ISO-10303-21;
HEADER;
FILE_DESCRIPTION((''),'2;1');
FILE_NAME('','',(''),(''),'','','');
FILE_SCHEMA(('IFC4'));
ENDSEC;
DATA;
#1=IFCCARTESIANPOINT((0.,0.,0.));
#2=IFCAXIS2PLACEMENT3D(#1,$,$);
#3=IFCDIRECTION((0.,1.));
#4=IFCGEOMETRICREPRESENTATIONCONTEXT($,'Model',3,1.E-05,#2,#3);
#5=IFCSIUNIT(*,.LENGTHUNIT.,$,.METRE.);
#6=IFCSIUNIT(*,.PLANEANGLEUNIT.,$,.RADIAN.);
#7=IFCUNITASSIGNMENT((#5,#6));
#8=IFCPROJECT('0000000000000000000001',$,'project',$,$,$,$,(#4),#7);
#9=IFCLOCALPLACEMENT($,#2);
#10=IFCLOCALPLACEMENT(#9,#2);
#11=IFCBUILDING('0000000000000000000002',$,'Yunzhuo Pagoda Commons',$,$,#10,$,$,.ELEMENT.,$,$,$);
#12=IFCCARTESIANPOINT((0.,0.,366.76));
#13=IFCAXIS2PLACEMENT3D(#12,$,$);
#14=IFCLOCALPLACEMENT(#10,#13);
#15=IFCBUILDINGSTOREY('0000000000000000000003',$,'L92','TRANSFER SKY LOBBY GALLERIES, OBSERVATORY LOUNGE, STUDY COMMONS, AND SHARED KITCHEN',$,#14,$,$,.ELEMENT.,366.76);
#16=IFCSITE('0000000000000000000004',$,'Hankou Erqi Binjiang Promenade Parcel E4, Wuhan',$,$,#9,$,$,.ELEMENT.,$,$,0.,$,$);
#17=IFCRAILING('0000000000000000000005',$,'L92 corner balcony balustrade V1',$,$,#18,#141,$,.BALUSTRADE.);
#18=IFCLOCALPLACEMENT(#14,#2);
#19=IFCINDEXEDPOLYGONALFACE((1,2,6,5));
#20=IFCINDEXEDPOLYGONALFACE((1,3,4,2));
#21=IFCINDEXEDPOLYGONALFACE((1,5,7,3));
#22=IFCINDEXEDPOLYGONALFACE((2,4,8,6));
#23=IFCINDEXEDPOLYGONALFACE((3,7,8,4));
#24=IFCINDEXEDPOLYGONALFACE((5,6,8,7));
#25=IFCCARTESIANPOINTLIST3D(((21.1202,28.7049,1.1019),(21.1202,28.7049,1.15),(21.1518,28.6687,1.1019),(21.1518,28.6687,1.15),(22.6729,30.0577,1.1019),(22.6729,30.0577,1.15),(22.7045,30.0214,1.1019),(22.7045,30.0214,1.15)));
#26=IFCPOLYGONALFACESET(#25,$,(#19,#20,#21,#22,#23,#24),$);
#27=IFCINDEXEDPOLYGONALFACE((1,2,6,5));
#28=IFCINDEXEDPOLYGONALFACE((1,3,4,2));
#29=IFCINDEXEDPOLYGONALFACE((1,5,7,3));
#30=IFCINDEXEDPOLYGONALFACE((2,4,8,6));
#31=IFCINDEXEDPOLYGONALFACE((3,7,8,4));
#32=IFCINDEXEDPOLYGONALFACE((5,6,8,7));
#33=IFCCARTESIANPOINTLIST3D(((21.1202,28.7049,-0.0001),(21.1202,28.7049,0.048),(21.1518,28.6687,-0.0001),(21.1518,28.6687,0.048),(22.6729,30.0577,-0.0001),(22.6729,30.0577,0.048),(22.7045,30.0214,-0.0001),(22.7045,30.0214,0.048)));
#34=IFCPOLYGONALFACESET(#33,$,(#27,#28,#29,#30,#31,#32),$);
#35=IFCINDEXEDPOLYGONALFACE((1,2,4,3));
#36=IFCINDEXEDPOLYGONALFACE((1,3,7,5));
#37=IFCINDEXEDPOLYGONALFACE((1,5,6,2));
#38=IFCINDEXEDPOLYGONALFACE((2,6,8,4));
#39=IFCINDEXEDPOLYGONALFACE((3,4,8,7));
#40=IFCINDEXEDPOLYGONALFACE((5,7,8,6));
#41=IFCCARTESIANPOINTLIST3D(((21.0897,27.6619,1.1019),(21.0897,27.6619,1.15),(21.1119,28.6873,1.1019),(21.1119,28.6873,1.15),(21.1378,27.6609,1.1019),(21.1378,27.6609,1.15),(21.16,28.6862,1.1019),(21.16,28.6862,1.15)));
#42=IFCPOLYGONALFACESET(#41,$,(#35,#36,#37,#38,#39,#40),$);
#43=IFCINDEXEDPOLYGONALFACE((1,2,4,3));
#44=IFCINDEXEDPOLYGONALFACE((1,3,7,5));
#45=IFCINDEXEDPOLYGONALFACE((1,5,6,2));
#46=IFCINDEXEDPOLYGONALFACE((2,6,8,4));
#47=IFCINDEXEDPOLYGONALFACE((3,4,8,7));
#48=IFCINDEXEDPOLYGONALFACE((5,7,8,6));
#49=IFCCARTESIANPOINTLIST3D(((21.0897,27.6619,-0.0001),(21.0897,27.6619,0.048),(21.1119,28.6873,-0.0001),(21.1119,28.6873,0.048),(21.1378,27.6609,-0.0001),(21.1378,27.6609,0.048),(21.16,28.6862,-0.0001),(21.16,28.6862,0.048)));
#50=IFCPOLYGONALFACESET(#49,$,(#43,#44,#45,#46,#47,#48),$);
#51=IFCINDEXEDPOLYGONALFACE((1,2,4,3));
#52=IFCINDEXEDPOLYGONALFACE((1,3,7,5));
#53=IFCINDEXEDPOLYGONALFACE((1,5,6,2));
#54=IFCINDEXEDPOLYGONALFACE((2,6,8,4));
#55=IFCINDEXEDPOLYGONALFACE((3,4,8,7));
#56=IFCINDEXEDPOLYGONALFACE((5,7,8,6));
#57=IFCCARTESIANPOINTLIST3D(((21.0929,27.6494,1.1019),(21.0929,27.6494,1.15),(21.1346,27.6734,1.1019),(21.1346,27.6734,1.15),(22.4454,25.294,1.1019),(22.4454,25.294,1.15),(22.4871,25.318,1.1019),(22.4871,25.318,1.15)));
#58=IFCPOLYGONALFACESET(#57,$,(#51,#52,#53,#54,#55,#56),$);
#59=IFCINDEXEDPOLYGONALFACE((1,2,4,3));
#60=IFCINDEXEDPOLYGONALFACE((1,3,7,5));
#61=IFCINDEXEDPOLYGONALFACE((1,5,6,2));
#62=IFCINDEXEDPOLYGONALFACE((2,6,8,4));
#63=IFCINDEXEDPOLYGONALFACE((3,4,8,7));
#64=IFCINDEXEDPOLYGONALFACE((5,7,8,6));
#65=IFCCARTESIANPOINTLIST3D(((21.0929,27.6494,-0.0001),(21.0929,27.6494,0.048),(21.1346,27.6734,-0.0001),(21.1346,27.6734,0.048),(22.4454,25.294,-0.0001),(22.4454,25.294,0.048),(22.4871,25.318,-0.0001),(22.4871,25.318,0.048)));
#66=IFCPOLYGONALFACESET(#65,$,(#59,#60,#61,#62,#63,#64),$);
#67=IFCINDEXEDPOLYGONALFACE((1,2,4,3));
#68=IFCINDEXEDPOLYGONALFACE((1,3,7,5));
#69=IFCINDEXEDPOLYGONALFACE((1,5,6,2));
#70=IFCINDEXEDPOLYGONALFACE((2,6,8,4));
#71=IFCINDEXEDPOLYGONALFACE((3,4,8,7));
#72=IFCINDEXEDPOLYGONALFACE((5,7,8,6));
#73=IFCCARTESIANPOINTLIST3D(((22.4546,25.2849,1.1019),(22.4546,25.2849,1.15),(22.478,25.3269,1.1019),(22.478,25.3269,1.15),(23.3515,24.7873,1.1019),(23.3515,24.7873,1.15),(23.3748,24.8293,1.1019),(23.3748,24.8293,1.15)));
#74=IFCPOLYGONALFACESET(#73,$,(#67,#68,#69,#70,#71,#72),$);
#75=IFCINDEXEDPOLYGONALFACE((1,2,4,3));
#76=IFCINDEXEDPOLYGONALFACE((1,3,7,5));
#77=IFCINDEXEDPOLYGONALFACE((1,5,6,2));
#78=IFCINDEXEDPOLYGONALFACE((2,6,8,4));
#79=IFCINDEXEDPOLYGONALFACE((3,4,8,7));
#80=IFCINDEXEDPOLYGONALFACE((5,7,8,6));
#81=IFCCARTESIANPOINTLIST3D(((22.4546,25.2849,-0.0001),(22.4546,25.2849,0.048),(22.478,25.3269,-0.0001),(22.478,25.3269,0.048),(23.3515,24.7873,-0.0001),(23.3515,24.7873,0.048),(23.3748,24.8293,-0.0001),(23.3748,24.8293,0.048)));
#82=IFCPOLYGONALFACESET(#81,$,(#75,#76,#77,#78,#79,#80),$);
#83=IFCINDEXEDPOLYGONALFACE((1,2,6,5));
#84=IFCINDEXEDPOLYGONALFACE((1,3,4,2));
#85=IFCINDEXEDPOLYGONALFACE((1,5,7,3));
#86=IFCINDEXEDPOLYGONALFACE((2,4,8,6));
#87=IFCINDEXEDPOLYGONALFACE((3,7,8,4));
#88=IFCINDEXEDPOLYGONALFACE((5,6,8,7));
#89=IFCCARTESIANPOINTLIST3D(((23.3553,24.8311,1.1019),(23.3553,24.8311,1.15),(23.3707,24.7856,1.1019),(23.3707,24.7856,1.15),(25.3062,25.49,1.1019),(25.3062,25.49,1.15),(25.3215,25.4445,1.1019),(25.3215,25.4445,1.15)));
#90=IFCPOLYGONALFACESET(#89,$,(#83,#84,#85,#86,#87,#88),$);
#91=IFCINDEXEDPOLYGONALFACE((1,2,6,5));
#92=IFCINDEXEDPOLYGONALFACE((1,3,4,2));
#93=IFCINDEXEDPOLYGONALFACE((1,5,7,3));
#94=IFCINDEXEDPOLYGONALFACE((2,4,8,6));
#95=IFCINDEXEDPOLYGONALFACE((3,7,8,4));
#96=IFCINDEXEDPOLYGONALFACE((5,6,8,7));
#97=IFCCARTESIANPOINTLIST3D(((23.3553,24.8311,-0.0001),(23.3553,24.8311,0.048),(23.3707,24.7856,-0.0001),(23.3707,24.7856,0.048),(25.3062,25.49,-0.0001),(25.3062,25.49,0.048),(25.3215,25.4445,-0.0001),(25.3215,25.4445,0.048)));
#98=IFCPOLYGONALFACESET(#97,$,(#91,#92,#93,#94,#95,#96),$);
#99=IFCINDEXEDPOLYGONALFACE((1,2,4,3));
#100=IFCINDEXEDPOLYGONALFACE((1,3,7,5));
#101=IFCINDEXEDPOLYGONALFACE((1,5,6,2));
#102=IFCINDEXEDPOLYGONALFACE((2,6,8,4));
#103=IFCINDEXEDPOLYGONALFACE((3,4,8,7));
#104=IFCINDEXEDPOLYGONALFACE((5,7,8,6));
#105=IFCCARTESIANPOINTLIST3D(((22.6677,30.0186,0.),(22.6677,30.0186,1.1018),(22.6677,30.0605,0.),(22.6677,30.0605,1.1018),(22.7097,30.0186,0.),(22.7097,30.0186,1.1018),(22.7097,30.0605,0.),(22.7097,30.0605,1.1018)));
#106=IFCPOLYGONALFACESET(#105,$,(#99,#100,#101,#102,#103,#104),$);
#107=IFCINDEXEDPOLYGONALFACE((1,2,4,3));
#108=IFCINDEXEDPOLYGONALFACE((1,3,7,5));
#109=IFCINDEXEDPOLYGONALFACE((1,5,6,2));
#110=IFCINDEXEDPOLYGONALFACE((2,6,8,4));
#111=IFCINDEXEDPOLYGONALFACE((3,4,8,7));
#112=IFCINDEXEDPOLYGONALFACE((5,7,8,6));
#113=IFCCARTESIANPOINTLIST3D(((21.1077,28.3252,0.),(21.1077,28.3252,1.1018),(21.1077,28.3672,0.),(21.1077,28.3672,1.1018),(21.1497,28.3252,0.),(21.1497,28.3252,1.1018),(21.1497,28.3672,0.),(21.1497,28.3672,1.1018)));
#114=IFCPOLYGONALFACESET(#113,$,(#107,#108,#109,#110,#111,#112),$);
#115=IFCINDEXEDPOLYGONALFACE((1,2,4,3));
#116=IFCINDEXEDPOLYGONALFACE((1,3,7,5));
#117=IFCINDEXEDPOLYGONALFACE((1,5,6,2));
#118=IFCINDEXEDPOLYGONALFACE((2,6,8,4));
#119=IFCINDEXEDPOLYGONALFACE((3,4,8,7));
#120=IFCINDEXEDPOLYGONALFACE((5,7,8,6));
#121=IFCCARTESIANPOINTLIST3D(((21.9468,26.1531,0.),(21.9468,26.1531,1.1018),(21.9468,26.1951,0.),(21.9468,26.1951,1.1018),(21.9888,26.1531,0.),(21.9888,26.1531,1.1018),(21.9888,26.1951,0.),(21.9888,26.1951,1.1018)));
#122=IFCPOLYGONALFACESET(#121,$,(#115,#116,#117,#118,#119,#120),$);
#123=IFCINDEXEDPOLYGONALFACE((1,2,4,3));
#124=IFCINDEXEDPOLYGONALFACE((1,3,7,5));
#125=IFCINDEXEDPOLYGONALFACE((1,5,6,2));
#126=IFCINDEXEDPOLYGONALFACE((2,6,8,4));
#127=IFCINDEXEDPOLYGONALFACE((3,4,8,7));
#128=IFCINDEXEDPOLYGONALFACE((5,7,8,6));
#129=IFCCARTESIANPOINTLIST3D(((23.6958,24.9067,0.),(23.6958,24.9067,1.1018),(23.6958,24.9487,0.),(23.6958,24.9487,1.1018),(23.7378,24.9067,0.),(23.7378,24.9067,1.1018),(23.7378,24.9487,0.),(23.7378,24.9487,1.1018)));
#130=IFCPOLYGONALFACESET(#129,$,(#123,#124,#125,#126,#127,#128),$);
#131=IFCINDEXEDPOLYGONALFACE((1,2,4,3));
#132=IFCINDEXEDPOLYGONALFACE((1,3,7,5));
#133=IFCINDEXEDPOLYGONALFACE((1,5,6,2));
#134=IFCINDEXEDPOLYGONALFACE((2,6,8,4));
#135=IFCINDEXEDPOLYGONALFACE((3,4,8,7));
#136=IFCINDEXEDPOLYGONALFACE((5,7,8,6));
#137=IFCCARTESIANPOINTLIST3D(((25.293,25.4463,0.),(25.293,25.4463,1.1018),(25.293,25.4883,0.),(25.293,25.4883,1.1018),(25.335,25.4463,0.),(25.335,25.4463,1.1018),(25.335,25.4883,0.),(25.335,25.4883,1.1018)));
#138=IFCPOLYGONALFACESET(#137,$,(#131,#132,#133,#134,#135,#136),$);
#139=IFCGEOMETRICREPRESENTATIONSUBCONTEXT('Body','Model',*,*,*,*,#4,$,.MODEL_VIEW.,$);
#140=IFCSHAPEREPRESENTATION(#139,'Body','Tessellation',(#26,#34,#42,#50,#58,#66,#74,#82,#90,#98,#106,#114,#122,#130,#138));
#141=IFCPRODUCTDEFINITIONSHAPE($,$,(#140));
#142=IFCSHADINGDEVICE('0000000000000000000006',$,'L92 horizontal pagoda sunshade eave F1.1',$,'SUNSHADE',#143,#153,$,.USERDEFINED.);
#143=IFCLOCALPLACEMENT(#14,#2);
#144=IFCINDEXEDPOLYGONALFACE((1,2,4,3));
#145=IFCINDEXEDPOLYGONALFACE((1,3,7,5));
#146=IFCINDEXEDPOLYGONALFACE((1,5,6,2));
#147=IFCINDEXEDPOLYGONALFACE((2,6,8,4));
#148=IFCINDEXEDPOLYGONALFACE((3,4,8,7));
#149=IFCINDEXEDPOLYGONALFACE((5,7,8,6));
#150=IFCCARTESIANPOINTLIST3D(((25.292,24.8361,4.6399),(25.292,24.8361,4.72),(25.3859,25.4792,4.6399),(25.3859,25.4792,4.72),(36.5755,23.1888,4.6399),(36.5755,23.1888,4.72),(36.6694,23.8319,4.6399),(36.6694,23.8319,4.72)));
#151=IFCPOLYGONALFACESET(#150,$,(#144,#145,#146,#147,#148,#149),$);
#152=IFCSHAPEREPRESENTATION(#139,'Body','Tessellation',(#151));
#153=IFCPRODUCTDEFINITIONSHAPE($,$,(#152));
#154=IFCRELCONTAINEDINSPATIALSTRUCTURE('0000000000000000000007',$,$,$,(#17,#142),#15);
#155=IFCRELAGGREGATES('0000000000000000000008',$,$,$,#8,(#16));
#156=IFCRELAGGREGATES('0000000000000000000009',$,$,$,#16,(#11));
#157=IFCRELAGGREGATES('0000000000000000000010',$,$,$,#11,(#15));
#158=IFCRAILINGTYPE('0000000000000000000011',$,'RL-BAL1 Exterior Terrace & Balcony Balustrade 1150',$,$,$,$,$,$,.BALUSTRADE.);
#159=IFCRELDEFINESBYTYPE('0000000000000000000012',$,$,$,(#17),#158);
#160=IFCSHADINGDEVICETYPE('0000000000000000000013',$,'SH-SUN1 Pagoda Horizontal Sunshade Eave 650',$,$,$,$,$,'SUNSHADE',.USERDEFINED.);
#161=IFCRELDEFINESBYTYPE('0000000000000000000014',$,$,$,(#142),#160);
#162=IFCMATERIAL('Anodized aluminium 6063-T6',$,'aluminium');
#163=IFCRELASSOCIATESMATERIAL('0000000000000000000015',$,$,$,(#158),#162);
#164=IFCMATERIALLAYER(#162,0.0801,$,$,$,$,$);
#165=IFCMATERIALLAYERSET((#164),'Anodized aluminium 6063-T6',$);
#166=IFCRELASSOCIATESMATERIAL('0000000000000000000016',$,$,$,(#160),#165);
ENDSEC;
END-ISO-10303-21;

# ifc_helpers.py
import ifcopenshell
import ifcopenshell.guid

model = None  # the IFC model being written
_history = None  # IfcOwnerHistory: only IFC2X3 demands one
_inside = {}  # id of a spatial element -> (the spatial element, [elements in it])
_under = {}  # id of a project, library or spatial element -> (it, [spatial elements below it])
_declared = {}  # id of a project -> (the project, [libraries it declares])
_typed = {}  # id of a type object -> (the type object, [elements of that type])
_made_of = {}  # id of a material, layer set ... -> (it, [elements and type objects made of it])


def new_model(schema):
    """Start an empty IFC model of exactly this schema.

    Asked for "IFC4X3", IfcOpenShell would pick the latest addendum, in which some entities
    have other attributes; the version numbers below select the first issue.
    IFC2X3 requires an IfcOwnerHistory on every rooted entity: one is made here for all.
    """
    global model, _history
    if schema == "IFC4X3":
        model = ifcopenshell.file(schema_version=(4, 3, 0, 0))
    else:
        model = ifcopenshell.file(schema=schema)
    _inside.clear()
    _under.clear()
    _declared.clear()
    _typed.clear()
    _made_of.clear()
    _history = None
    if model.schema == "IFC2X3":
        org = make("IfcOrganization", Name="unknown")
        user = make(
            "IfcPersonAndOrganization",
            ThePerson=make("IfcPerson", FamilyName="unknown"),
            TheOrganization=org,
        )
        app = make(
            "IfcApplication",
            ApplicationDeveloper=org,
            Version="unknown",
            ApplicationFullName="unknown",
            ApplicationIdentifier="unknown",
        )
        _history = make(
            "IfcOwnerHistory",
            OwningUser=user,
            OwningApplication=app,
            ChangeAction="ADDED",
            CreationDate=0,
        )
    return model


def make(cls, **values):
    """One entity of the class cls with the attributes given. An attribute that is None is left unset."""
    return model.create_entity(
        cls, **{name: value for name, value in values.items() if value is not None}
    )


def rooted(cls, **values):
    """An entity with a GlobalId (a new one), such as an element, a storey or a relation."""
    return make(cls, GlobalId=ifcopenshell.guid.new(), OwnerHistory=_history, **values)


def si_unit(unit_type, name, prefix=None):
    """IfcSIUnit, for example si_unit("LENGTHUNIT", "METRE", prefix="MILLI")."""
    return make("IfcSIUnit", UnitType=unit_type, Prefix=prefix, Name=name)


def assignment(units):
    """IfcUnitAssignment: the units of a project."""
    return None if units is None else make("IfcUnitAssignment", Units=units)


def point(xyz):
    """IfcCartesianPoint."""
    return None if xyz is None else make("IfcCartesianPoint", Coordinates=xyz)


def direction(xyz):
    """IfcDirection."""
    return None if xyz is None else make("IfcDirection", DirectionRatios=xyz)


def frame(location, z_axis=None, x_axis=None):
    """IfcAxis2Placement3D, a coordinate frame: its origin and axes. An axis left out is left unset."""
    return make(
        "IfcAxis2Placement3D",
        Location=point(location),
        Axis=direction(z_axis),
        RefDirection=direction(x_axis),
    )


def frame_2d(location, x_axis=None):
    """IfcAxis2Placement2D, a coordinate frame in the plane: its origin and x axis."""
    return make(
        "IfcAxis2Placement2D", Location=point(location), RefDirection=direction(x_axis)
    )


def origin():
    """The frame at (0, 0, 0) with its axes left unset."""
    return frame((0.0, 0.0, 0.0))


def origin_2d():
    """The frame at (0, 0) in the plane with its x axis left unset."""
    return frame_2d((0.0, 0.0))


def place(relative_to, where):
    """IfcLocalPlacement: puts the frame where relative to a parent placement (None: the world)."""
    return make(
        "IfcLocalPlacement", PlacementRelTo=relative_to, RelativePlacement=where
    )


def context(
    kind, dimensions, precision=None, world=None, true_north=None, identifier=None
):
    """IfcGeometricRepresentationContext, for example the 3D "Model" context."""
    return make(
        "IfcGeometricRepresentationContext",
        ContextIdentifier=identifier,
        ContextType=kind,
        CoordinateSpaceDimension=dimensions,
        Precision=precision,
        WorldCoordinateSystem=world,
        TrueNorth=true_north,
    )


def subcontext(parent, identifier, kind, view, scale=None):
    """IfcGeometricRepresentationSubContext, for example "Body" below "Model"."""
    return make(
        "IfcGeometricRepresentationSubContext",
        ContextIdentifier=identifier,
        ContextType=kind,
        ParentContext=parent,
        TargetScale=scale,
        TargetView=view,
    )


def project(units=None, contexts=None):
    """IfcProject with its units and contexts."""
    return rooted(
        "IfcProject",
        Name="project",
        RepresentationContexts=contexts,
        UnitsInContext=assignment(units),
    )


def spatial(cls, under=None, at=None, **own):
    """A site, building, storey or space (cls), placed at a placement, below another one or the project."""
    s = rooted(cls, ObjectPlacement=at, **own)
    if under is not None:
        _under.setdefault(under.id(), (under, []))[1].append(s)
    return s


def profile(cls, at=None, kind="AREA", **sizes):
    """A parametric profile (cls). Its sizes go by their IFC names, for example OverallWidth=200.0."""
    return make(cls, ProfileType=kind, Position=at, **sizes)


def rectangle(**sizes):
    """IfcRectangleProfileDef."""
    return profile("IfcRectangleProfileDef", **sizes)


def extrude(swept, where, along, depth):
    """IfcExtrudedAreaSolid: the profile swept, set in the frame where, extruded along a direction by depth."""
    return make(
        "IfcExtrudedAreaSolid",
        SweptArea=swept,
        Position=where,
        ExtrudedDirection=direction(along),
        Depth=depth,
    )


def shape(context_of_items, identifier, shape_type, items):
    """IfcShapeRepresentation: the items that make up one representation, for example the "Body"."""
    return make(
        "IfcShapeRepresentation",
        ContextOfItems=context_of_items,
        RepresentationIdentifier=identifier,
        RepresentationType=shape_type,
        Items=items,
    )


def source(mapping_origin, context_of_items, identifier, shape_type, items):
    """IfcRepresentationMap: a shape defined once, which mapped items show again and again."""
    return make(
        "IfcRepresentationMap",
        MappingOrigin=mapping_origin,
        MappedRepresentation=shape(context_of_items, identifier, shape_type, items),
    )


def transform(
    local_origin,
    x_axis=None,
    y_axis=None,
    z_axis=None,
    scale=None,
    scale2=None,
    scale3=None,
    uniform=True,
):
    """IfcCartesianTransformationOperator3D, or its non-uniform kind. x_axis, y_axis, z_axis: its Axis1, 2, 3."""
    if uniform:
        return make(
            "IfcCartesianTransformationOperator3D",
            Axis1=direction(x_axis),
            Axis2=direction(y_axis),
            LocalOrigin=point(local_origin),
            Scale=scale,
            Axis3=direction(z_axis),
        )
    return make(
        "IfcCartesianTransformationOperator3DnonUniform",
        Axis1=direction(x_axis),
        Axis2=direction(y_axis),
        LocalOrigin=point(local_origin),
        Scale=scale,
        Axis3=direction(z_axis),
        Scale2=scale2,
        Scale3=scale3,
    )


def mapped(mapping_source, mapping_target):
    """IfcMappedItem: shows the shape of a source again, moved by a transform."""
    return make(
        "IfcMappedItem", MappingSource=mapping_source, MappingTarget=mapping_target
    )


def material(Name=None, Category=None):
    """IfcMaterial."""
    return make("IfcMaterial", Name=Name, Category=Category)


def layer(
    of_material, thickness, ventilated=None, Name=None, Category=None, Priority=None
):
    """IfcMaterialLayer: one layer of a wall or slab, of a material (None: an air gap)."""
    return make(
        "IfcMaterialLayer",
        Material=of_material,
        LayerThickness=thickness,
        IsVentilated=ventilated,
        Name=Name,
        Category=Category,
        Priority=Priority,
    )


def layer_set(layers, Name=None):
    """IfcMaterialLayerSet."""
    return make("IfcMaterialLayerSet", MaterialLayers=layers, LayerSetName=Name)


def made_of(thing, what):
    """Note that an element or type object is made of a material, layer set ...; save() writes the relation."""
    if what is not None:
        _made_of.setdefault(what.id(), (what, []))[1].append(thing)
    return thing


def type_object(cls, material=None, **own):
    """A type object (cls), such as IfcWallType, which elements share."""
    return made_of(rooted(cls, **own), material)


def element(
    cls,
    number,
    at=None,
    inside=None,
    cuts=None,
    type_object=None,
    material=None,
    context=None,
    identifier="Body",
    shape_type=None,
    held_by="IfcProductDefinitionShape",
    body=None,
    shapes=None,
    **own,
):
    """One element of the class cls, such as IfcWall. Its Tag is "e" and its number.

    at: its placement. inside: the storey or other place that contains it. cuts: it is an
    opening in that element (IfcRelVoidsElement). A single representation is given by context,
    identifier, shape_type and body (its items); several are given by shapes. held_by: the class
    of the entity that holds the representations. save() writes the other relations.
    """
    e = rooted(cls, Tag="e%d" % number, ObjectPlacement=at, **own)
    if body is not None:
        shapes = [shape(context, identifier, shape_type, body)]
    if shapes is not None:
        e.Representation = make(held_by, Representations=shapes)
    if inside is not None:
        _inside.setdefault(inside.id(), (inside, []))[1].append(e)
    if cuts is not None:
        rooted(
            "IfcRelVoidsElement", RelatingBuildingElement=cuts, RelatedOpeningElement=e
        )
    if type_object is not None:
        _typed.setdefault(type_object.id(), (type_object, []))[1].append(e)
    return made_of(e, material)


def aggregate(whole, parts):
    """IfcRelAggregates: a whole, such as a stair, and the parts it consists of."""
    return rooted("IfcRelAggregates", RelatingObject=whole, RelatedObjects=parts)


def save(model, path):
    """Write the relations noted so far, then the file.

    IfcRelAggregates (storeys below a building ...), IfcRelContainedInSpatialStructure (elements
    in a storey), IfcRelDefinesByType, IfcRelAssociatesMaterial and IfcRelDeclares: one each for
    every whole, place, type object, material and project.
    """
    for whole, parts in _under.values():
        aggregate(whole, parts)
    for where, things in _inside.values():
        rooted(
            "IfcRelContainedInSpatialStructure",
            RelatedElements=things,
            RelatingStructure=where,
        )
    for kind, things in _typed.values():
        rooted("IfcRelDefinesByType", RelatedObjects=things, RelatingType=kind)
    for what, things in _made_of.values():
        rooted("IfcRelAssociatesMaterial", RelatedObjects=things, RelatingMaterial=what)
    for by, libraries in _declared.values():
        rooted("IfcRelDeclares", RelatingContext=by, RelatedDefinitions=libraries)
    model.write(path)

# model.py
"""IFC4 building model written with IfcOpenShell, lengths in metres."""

from ifc_helpers import new_model, si_unit, direction, frame, origin, origin_2d, place, context, subcontext, project, spatial, rectangle, extrude, source, transform, mapped, material, layer, layer_set, type_object, element, save


model = new_model("IFC4")

# Units and contexts
model_context = context("Model", 3, precision=1e-05, world=origin(), true_north=direction((0.0, 1.0)))
body_context = subcontext(model_context, "Body", "Model", "MODEL_VIEW")
ifc_project = project(units=[si_unit("LENGTHUNIT", "METRE"), si_unit("PLANEANGLEUNIT", "RADIAN")], contexts=[model_context])

# Site, building, storey
site_placement = place(None, origin())
site = spatial("IfcSite", under=ifc_project, at=site_placement, Name="Hankou Erqi Binjiang Promenade Parcel E4, Wuhan", CompositionType="ELEMENT", RefElevation=0.0)
building_placement = place(site_placement, origin())
building = spatial("IfcBuilding", under=site, at=building_placement, Name="Yunzhuo Pagoda Commons", CompositionType="ELEMENT")
storey_placement = place(building_placement, frame((0.0, 0.0, 366.76)))
storey = spatial("IfcBuildingStorey", under=building, at=storey_placement, Name="L92", Description="TRANSFER SKY LOBBY GALLERIES, OBSERVATORY LOUNGE, STUDY COMMONS, AND SHARED KITCHEN", CompositionType="ELEMENT", Elevation=366.76)

# Shared definitions
ifc_material_1 = material(Name="Anodized aluminium 6063-T6", Category="aluminium")

# Railing
railing_type_1 = type_object("IfcRailingType", Name="RL-BAL1 Exterior Terrace & Balcony Balustrade 1150", PredefinedType="BALUSTRADE", material=ifc_material_1)
railing_1_placement = place(storey_placement, frame((22.6887, 30.0396, 0.0)))
element("IfcRailing", 1, at=railing_1_placement, inside=storey, type_object=railing_type_1, Name="L92 corner balcony balustrade V1", PredefinedType="BALUSTRADE", context=body_context, shape_type="SweptSolid", body=[
    extrude(rectangle(XDim=0.0481, YDim=0.0481, at=origin_2d()), frame((0.0, 0.0, 1.126), z_axis=(-0.753985, -0.656892, 0.0), x_axis=(0.656892, -0.753985, 0.0)), (0.0, 0.0, 1.0), 2.0593),
    extrude(rectangle(XDim=0.0481, YDim=0.0481, at=origin_2d()), frame((0.0, 0.0, 0.0239), z_axis=(-0.753985, -0.656892, 0.0), x_axis=(0.656892, -0.753985, 0.0)), (0.0, 0.0, 1.0), 2.0593),
    extrude(rectangle(XDim=0.0481, YDim=0.0481, at=origin_2d()), frame((-1.5527, -1.3528, 1.126), z_axis=(-0.021662, -0.999765, 0.0), x_axis=(0.999765, -0.021662, 0.0)), (0.0, 0.0, 1.0), 1.0256),
    extrude(rectangle(XDim=0.0481, YDim=0.0481, at=origin_2d()), frame((-1.5527, -1.3528, 0.0239), z_axis=(-0.021662, -0.999765, 0.0), x_axis=(0.999765, -0.021662, 0.0)), (0.0, 0.0, 1.0), 1.0256),
    extrude(rectangle(XDim=0.0481, YDim=0.0481, at=origin_2d()), frame((-1.575, -2.3782, 1.126), z_axis=(0.497958, -0.867201, 0.0), x_axis=(0.867201, 0.497958, 0.0)), (0.0, 0.0, 1.0), 2.7161),
    extrude(rectangle(XDim=0.0481, YDim=0.0481, at=origin_2d()), frame((-1.575, -2.3782, 0.0239), z_axis=(0.497958, -0.867201, 0.0), x_axis=(0.867201, 0.497958, 0.0)), (0.0, 0.0, 1.0), 2.7161),
    extrude(rectangle(XDim=0.0481, YDim=0.0481, at=origin_2d()), frame((-0.2224, -4.7336, 1.126), z_axis=(0.874415, -0.485178, 0.0), x_axis=(0.485178, 0.874415, 0.0)), (0.0, 0.0, 1.0), 1.0256),
    extrude(rectangle(XDim=0.0481, YDim=0.0481, at=origin_2d()), frame((-0.2224, -4.7336, 0.0239), z_axis=(0.874415, -0.485178, 0.0), x_axis=(0.485178, 0.874415, 0.0)), (0.0, 0.0, 1.0), 1.0256),
    extrude(rectangle(XDim=0.0481, YDim=0.0481, at=origin_2d()), frame((0.6743, -5.2312, 1.126), z_axis=(0.947419, 0.319996, 0.0), x_axis=(-0.319996, 0.947419, 0.0)), (0.0, 0.0, 1.0), 2.0591),
    extrude(rectangle(XDim=0.0481, YDim=0.0481, at=origin_2d()), frame((0.6743, -5.2312, 0.0239), z_axis=(0.947419, 0.319996, 0.0), x_axis=(-0.319996, 0.947419, 0.0)), (0.0, 0.0, 1.0), 2.0591),
    extrude(rectangle(XDim=0.042, YDim=0.042, at=origin_2d()), origin(), (0.0, 0.0, 1.0), 1.1018),
    extrude(rectangle(XDim=0.042, YDim=0.042, at=origin_2d()), frame((-1.5601, -1.6934, 0.0)), (0.0, 0.0, 1.0), 1.1018),
    extrude(rectangle(XDim=0.042, YDim=0.042, at=origin_2d()), frame((-0.7209, -3.8655, 0.0)), (0.0, 0.0, 1.0), 1.1018),
    extrude(rectangle(XDim=0.042, YDim=0.042, at=origin_2d()), frame((1.0281, -5.1118, 0.0)), (0.0, 0.0, 1.0), 1.1018),
    extrude(rectangle(XDim=0.042, YDim=0.042, at=origin_2d()), frame((2.6252, -4.5723, 0.0)), (0.0, 0.0, 1.0), 1.1018),
])

# Shading device
ifc_layer_1 = layer(ifc_material_1, 0.0801)
ifc_layer_set_1 = layer_set([ifc_layer_1], Name="Anodized aluminium 6063-T6")
shading_device_type = type_object("IfcShadingDeviceType", Name="SH-SUN1 Pagoda Horizontal Sunshade Eave 650", ElementType="SUNSHADE", PredefinedType="USERDEFINED", material=ifc_layer_set_1)
shared_shape_1 = source(origin(), body_context, "Body", "SweptSolid", [
    extrude(rectangle(XDim=11.4031, YDim=0.6499, at=origin_2d()), origin(), (0.0, 0.0, 1.0), 0.0801),
])
shading_device_placement = place(storey_placement, frame((30.9807, 24.334, 4.6399), z_axis=(0.0, 0.0, 1.0), x_axis=(0.989511, -0.14446, 0.0)))
element("IfcShadingDevice", 2, at=shading_device_placement, inside=storey, type_object=shading_device_type, Name="L92 horizontal pagoda sunshade eave F1.1", ObjectType="SUNSHADE", PredefinedType="USERDEFINED", context=body_context, shape_type="MappedRepresentation", body=[
    mapped(shared_shape_1, transform((0.0, 0.0, 0.0), scale=1.0)),
])

save(model, "model.ifc")
